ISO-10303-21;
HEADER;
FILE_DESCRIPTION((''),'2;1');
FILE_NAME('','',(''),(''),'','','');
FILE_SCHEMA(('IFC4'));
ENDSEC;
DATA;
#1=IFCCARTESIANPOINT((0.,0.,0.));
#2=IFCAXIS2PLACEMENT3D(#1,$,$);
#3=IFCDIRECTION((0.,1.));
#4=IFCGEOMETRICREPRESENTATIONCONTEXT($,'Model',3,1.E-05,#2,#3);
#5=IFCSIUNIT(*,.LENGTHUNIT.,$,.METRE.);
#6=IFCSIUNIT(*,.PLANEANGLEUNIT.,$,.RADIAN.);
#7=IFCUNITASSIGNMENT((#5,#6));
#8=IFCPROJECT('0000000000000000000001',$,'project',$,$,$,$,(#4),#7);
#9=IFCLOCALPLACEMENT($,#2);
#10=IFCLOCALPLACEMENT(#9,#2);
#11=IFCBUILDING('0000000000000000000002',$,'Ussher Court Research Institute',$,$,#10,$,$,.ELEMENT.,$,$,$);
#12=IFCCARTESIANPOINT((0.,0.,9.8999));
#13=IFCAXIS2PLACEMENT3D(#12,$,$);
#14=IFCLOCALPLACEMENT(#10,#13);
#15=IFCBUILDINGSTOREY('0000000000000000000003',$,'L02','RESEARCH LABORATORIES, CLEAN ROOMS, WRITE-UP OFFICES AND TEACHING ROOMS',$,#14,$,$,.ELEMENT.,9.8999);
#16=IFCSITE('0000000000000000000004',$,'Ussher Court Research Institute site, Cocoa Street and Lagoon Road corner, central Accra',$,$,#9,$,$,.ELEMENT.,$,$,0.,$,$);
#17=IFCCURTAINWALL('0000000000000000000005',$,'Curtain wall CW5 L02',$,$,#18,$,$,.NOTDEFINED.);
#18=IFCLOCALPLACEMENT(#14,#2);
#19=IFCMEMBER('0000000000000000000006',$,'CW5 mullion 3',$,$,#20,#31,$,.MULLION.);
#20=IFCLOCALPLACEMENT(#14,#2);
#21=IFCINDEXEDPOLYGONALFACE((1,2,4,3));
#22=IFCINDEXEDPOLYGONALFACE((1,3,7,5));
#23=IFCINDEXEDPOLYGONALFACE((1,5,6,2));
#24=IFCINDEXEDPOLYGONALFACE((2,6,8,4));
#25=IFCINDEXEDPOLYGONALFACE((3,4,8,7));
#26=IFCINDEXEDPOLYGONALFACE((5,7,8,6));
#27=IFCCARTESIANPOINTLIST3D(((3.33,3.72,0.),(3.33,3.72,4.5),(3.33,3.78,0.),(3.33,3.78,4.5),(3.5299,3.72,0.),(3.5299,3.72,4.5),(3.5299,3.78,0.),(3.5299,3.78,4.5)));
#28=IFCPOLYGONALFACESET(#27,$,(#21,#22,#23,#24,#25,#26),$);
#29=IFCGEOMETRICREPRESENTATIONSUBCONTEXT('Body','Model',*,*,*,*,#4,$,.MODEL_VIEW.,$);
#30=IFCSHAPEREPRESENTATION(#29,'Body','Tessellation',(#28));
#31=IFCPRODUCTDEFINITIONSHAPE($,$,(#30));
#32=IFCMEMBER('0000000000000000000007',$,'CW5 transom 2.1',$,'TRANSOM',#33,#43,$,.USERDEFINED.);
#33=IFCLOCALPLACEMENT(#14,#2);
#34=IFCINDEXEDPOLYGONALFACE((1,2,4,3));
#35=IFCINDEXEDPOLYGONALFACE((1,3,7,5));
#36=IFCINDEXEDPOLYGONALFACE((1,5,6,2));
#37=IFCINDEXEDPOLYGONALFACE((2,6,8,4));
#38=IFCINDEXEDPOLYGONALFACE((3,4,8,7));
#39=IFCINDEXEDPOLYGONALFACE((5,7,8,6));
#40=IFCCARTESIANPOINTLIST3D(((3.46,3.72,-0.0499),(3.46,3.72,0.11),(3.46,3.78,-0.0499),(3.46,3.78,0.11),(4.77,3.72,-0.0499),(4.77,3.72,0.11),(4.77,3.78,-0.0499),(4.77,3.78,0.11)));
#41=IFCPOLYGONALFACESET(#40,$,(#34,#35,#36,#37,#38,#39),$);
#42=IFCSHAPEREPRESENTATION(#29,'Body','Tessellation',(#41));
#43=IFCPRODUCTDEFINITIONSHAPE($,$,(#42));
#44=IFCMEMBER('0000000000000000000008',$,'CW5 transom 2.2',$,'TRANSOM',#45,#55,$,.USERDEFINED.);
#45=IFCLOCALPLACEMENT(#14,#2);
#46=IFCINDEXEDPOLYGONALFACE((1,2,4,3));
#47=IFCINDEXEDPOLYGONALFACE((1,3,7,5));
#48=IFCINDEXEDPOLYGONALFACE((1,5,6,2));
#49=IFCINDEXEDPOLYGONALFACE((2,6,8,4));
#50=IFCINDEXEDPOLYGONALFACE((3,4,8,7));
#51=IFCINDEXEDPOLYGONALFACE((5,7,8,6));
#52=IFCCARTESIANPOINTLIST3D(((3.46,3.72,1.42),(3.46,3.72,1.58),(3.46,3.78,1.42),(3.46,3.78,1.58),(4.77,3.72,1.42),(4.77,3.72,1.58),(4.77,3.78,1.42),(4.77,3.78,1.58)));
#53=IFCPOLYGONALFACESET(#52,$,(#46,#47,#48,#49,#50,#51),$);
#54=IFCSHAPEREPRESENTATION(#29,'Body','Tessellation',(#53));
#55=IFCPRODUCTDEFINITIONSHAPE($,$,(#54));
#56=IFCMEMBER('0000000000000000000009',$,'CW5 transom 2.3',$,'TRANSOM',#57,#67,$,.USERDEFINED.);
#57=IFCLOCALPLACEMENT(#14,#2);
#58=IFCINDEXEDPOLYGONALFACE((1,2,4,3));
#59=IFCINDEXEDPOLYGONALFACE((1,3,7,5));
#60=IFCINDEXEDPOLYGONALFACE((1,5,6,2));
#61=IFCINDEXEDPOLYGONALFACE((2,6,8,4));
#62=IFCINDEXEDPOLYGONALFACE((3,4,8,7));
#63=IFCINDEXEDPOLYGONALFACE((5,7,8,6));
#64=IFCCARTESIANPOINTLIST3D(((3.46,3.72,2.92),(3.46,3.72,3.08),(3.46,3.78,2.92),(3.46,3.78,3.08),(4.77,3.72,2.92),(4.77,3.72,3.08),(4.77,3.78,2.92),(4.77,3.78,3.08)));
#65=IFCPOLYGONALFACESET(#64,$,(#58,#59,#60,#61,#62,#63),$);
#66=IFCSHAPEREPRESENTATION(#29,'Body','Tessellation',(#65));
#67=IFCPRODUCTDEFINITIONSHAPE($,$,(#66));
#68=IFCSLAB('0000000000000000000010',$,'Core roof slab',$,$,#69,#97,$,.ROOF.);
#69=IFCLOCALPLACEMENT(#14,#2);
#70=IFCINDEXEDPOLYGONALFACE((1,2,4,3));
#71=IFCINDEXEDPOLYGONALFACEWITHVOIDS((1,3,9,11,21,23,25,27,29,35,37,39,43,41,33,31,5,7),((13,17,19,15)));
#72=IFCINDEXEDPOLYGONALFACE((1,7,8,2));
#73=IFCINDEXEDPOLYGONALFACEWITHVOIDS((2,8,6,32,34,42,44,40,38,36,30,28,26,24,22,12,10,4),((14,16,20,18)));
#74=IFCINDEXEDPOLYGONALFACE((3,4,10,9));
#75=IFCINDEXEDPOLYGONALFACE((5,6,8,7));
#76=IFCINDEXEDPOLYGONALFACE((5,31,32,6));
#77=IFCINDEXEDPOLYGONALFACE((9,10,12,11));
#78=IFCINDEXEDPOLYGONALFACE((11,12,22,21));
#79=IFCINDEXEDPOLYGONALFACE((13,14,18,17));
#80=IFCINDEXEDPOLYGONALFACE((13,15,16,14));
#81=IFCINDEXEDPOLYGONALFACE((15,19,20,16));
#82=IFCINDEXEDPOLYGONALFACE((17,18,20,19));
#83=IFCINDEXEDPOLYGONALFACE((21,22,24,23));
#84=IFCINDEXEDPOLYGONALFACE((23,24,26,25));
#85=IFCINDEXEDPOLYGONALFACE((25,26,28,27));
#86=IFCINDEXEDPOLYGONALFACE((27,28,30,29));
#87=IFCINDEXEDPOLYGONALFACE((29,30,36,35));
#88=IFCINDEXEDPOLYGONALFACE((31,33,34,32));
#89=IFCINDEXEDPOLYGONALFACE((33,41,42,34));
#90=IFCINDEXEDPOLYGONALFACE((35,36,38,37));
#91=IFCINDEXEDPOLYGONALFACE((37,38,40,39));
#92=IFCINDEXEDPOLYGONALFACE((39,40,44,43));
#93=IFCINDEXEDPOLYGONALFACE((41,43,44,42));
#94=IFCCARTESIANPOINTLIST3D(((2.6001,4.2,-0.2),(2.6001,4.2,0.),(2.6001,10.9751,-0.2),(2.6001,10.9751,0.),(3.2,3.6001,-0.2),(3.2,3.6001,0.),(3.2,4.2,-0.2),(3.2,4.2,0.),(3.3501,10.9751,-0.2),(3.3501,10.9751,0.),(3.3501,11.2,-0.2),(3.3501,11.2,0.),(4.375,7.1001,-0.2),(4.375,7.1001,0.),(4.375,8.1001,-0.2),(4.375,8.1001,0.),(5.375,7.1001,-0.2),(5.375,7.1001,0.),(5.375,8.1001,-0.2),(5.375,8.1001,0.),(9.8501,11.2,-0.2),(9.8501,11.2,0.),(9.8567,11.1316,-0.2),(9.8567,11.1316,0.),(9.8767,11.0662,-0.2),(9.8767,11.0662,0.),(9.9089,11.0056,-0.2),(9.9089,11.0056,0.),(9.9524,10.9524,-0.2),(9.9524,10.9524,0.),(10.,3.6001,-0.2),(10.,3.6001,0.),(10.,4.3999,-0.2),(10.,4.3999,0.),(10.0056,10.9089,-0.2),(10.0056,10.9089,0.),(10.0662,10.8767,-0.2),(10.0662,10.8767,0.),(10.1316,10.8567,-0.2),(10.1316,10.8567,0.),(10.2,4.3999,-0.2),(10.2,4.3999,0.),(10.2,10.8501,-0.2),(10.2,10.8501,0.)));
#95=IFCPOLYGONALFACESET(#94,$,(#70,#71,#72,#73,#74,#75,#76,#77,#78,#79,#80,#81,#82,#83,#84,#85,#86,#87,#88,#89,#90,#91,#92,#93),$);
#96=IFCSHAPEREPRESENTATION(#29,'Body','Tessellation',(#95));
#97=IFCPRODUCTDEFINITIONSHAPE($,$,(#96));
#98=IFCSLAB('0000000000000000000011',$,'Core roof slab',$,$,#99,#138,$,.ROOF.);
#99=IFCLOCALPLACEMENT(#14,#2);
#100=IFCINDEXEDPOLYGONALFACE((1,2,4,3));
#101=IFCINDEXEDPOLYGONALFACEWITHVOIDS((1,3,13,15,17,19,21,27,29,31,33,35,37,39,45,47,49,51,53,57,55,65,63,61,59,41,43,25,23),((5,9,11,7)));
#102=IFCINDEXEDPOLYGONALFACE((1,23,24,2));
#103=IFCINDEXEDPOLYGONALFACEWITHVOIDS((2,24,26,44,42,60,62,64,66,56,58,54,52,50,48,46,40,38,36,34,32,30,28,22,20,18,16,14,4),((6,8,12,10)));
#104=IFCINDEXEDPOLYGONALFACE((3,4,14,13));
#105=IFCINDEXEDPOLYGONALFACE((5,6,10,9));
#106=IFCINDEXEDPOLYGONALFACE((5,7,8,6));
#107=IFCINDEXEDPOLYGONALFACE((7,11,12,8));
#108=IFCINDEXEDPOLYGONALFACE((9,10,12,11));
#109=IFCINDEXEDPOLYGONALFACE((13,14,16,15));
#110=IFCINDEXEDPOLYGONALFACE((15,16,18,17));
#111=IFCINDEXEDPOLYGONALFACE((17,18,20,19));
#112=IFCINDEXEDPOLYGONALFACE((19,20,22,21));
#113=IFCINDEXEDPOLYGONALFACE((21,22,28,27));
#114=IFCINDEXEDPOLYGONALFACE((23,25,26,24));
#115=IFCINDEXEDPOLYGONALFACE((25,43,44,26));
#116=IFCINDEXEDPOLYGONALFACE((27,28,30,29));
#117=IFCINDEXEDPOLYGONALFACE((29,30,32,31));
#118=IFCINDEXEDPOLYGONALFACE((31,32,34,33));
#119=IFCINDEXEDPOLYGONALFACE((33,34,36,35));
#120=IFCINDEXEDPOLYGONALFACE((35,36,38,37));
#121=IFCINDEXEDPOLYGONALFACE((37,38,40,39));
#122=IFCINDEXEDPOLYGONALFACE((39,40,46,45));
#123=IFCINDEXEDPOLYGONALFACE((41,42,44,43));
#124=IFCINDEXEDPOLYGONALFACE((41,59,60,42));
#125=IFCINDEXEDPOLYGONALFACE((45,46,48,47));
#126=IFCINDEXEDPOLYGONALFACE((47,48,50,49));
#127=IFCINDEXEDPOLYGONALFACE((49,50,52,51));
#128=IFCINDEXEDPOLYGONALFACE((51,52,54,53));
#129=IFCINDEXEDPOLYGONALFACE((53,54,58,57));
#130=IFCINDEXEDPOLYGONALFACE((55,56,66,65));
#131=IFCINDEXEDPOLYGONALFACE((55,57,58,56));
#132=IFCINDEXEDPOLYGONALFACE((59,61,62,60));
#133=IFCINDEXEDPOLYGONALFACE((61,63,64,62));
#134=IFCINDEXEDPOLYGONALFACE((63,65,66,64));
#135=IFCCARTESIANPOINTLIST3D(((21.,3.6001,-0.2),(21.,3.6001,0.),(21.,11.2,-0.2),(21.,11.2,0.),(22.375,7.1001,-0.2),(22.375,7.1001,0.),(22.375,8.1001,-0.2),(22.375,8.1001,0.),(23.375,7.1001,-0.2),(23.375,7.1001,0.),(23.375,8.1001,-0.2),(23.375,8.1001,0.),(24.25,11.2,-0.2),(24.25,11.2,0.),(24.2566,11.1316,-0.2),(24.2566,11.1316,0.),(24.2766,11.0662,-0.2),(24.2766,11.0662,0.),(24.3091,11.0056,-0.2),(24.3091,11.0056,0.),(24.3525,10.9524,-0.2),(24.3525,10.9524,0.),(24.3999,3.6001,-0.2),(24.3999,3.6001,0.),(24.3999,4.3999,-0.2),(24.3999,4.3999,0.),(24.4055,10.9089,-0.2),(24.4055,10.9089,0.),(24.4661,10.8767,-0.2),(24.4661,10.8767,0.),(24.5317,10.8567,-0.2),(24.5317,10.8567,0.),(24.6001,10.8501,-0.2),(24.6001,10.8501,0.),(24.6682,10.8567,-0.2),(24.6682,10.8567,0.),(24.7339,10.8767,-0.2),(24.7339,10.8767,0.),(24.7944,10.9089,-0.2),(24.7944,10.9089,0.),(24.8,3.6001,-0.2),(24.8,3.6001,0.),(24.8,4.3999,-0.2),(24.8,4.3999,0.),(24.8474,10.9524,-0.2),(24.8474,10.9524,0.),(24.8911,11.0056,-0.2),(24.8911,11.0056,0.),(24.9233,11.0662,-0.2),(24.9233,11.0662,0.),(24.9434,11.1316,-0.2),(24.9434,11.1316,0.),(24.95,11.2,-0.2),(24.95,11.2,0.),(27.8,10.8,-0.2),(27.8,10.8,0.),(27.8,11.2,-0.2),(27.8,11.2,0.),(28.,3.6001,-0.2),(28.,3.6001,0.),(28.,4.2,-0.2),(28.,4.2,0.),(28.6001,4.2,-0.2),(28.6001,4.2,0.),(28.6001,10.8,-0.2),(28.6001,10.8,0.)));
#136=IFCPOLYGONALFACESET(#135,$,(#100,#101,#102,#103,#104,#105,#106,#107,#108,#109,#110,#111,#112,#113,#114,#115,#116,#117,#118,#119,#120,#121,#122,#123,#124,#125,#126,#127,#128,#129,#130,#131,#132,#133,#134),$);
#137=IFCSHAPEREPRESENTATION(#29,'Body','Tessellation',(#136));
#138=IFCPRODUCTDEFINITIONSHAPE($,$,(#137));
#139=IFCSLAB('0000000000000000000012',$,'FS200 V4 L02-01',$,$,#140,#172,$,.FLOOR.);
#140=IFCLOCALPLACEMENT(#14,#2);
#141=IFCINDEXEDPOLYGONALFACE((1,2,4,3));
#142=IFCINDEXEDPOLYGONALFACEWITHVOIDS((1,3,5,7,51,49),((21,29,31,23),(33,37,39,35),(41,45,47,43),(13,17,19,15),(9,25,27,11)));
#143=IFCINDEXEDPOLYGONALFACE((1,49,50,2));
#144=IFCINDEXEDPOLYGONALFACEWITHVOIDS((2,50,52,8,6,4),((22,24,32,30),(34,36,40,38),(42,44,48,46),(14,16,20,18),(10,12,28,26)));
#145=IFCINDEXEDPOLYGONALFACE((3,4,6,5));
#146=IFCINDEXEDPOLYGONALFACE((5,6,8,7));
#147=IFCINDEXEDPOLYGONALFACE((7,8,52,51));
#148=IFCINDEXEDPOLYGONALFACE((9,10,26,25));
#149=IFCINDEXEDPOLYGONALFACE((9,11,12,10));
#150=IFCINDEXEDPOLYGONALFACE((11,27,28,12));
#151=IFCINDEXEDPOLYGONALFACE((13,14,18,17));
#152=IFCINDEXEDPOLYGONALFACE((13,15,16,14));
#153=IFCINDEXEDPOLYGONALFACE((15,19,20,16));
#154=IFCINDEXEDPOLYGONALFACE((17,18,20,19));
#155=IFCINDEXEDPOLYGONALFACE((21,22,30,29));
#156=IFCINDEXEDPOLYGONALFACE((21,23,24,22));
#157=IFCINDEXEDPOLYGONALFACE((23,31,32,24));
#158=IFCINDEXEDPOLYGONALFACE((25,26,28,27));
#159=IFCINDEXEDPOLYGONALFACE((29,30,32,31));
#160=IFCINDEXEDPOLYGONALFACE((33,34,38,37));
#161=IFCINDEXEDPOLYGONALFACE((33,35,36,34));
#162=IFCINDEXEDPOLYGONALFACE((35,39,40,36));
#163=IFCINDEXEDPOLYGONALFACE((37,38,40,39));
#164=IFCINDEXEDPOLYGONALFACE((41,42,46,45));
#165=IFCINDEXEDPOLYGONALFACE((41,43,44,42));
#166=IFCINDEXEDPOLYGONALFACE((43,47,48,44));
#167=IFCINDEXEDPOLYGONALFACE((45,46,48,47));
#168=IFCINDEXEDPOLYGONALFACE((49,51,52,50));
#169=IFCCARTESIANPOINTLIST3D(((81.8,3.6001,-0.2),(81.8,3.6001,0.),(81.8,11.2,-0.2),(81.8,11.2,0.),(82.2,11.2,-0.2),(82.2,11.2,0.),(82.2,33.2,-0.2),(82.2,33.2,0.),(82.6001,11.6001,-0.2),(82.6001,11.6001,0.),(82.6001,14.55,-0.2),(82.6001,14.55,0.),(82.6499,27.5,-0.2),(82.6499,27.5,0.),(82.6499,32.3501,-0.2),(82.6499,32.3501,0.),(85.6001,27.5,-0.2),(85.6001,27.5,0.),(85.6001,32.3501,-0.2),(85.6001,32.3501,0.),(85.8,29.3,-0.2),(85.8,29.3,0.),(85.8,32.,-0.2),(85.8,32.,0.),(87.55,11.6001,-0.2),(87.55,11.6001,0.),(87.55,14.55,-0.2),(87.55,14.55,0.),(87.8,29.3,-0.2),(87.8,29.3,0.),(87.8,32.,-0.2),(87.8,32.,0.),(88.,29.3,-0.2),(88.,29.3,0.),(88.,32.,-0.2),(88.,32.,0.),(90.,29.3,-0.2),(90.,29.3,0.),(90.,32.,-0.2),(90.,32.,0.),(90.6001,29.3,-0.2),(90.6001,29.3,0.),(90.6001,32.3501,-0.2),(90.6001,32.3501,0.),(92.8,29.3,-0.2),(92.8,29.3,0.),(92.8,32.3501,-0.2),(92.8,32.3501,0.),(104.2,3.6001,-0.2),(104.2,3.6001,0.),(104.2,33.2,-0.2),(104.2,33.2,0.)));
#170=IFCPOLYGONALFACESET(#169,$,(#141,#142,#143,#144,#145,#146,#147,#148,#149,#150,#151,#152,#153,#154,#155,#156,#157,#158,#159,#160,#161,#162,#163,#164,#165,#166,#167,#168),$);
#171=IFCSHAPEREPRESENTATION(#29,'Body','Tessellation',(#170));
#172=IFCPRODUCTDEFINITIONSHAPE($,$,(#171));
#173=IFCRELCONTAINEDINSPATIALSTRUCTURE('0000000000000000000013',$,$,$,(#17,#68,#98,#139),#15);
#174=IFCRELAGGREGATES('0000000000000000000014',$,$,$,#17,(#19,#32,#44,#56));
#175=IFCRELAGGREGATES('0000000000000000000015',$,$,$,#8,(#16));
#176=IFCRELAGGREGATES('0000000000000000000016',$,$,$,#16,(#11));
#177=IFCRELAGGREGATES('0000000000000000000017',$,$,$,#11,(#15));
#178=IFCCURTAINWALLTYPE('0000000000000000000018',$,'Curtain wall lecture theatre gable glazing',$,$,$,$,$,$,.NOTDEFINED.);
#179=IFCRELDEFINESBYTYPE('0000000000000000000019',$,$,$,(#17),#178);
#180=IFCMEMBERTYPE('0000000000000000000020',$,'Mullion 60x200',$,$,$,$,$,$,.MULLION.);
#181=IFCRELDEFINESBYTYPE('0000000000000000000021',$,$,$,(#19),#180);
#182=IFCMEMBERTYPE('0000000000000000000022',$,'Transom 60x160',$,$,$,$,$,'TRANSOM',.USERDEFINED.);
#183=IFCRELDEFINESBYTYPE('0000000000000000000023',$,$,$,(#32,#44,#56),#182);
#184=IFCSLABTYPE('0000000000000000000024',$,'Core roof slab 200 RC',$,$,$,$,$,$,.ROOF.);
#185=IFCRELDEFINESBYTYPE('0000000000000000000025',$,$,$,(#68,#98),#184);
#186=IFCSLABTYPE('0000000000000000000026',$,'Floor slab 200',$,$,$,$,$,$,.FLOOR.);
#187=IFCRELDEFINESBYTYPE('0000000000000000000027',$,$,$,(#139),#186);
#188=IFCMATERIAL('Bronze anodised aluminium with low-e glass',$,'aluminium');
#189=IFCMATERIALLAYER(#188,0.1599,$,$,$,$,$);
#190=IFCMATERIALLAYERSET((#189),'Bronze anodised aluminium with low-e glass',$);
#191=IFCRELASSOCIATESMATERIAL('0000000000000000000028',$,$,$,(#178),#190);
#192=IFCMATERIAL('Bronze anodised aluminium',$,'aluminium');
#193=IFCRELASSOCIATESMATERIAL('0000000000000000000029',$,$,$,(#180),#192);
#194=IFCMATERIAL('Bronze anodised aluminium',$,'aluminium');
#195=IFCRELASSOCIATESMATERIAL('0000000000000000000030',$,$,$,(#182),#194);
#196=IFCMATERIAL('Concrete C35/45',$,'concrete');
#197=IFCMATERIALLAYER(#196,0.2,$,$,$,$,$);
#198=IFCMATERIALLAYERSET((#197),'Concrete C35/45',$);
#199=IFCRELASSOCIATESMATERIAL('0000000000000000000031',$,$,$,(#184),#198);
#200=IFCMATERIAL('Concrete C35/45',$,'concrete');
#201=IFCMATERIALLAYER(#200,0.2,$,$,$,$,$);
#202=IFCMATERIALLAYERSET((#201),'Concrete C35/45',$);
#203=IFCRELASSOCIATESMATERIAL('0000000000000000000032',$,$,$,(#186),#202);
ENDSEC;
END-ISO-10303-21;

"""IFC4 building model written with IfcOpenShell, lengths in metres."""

from ifc_helpers import new_model, si_unit, direction, frame, origin, origin_2d, place, context, subcontext, project, spatial, polyline, rectangle, outline, extrude, material, layer, layer_set, material_profile, profile_set, type_object, element, aggregate, save


model = new_model("IFC4")

# Units and contexts
model_context = context("Model", 3, precision=1e-05, world=origin(), true_north=direction((0.0, 1.0)))
body_context = subcontext(model_context, "Body", "Model", "MODEL_VIEW")
ifc_project = project(units=[si_unit("LENGTHUNIT", "METRE"), si_unit("PLANEANGLEUNIT", "RADIAN")], contexts=[model_context])

# Site, building, storey
site_placement = place(None, origin())
site = spatial("IfcSite", under=ifc_project, at=site_placement, Name="Ussher Court Research Institute site, Cocoa Street and Lagoon Road corner, central Accra", CompositionType="ELEMENT", RefElevation=0.0)
building_placement = place(site_placement, origin())
building = spatial("IfcBuilding", under=site, at=building_placement, Name="Ussher Court Research Institute", CompositionType="ELEMENT")
storey_placement = place(building_placement, frame((0.0, 0.0, 9.8999)))
storey = spatial("IfcBuildingStorey", under=building, at=storey_placement, Name="L02", Description="RESEARCH LABORATORIES, CLEAN ROOMS, WRITE-UP OFFICES AND TEACHING ROOMS", CompositionType="ELEMENT", Elevation=9.8999)

# Curtain wall, members
ifc_material_1 = material(Name="Bronze anodised aluminium with low-e glass", Category="aluminium")
ifc_layer_1 = layer(ifc_material_1, 0.1599)
ifc_layer_set_1 = layer_set([ifc_layer_1], Name="Bronze anodised aluminium with low-e glass")
curtain_wall_type = type_object("IfcCurtainWallType", Name="Curtain wall lecture theatre gable glazing", PredefinedType="NOTDEFINED", material=ifc_layer_set_1)
curtain_wall_placement = place(storey_placement, origin())
curtain_wall = element("IfcCurtainWall", 1, at=curtain_wall_placement, inside=storey, type_object=curtain_wall_type, Name="Curtain wall CW5 L02", PredefinedType="NOTDEFINED")
ifc_material_2 = material(Name="Bronze anodised aluminium", Category="aluminium")
ifc_material_profile_1 = material_profile(ifc_material_2, rectangle(XDim=0.0601, YDim=0.2, at=origin_2d()), Name="Mullion 60x200")
ifc_profile_set_1 = profile_set([ifc_material_profile_1], Name="Bronze anodised aluminium")
member_type_1 = type_object("IfcMemberType", Name="Mullion 60x200", PredefinedType="MULLION", material=ifc_profile_set_1)
member_1_placement = place(storey_placement, frame((3.4299, 3.75, 0.0), z_axis=(0.0, 0.0, 1.0), x_axis=(0.0, -1.0, 0.0)))
member_1 = element("IfcMember", 2, at=member_1_placement, type_object=member_type_1, Name="CW5 mullion 3", PredefinedType="MULLION", context=body_context, shape_type="SweptSolid", body=[
    extrude(rectangle(XDim=0.0601, YDim=0.2, at=origin_2d()), origin(), (0.0, 0.0, 1.0), 4.5),
])
ifc_material_3 = material(Name="Bronze anodised aluminium", Category="aluminium")
ifc_material_profile_2 = material_profile(ifc_material_3, rectangle(XDim=0.0601, YDim=0.1599, at=origin_2d()), Name="Transom 60x160")
ifc_profile_set_2 = profile_set([ifc_material_profile_2], Name="Bronze anodised aluminium")
member_type_2 = type_object("IfcMemberType", Name="Transom 60x160", ElementType="TRANSOM", PredefinedType="USERDEFINED", material=ifc_profile_set_2)
member_2_placement = place(storey_placement, frame((4.77, 3.75, 0.03), z_axis=(-1.0, 0.0, 0.0), x_axis=(0.0, -1.0, 0.0)))
member_2 = element("IfcMember", 3, at=member_2_placement, type_object=member_type_2, Name="CW5 transom 2.1", ObjectType="TRANSOM", PredefinedType="USERDEFINED", context=body_context, shape_type="SweptSolid", body=[
    extrude(rectangle(XDim=0.0601, YDim=0.1599, at=origin_2d()), origin(), (0.0, 0.0, 1.0), 1.3101),
])
member_3_placement = place(storey_placement, frame((4.77, 3.75, 1.5), z_axis=(-1.0, 0.0, 0.0), x_axis=(0.0, -1.0, 0.0)))
member_3 = element("IfcMember", 4, at=member_3_placement, type_object=member_type_2, Name="CW5 transom 2.2", ObjectType="TRANSOM", PredefinedType="USERDEFINED", context=body_context, shape_type="SweptSolid", body=[
    extrude(rectangle(XDim=0.0601, YDim=0.1599, at=origin_2d()), origin(), (0.0, 0.0, 1.0), 1.3101),
])
member_4_placement = place(storey_placement, frame((4.77, 3.75, 3.0), z_axis=(-1.0, 0.0, 0.0), x_axis=(0.0, -1.0, 0.0)))
member_4 = element("IfcMember", 5, at=member_4_placement, type_object=member_type_2, Name="CW5 transom 2.3", ObjectType="TRANSOM", PredefinedType="USERDEFINED", context=body_context, shape_type="SweptSolid", body=[
    extrude(rectangle(XDim=0.0601, YDim=0.1599, at=origin_2d()), origin(), (0.0, 0.0, 1.0), 1.3101),
])

# Slabs
ifc_material_4 = material(Name="Concrete C35/45", Category="concrete")
ifc_layer_2 = layer(ifc_material_4, 0.2)
ifc_layer_set_2 = layer_set([ifc_layer_2], Name="Concrete C35/45")
slab_type_1 = type_object("IfcSlabType", Name="Core roof slab 200 RC", PredefinedType="ROOF", material=ifc_layer_set_2)
slab_1_placement = place(storey_placement, frame((0.0, 0.0, -0.2)))
element("IfcSlab", 6, at=slab_1_placement, inside=storey, type_object=slab_type_1, Name="Core roof slab", PredefinedType="ROOF", context=body_context, shape_type="SweptSolid", body=[
    extrude(outline(polyline([(10.0, 4.3999), (10.0, 3.6001), (3.2, 3.6001), (3.2, 4.2), (2.6001, 4.2), (2.6001, 10.9751), (3.3501, 10.9751), (3.3501, 11.2), (9.8501, 11.2), (9.8567, 11.1316), (9.8767, 11.0662), (9.9089, 11.0056), (9.9524, 10.9524), (10.0056, 10.9089), (10.0662, 10.8767), (10.1316, 10.8567), (10.2, 10.8501), (10.2, 4.3999), (10.0, 4.3999)]), holes=[polyline([(5.375, 8.1001), (4.375, 8.1001), (4.375, 7.1001), (5.375, 7.1001), (5.375, 8.1001)])]), origin(), (0.0, 0.0, 1.0), 0.2),
])
slab_2_placement = place(storey_placement, frame((0.0, 0.0, -0.2)))
element("IfcSlab", 7, at=slab_2_placement, inside=storey, type_object=slab_type_1, Name="Core roof slab", PredefinedType="ROOF", context=body_context, shape_type="SweptSolid", body=[
    extrude(outline(polyline([(28.0, 4.2), (28.0, 3.6001), (24.8, 3.6001), (24.8, 4.3999), (24.3999, 4.3999), (24.3999, 3.6001), (21.0, 3.6001), (21.0, 11.2), (24.25, 11.2), (24.2566, 11.1316), (24.2766, 11.0662), (24.3091, 11.0056), (24.3525, 10.9524), (24.4055, 10.9089), (24.4661, 10.8767), (24.5317, 10.8567), (24.6001, 10.8501), (24.6682, 10.8567), (24.7339, 10.8767), (24.7944, 10.9089), (24.8474, 10.9524), (24.8911, 11.0056), (24.9233, 11.0662), (24.9434, 11.1316), (24.95, 11.2), (27.8, 11.2), (27.8, 10.8), (28.6001, 10.8), (28.6001, 4.2), (28.0, 4.2)]), holes=[polyline([(23.375, 8.1001), (22.375, 8.1001), (22.375, 7.1001), (23.375, 7.1001), (23.375, 8.1001)])]), origin(), (0.0, 0.0, 1.0), 0.2),
])
ifc_material_5 = material(Name="Concrete C35/45", Category="concrete")
ifc_layer_3 = layer(ifc_material_5, 0.2)
ifc_layer_set_3 = layer_set([ifc_layer_3], Name="Concrete C35/45")
slab_type_2 = type_object("IfcSlabType", Name="Floor slab 200", PredefinedType="FLOOR", material=ifc_layer_set_3)
slab_3_placement = place(storey_placement, frame((0.0, 0.0, -0.2)))
element("IfcSlab", 8, at=slab_3_placement, inside=storey, type_object=slab_type_2, Name="FS200 V4 L02-01", PredefinedType="FLOOR", context=body_context, shape_type="SweptSolid", body=[
    extrude(outline(polyline([(81.8, 11.2), (81.8, 3.6001), (104.2, 3.6001), (104.2, 33.2), (82.2, 33.2), (82.2, 11.2), (81.8, 11.2)]), holes=[polyline([(87.55, 11.6001), (82.6001, 11.6001), (82.6001, 14.55), (87.55, 14.55), (87.55, 11.6001)]), polyline([(82.6499, 27.5), (82.6499, 32.3501), (85.6001, 32.3501), (85.6001, 27.5), (82.6499, 27.5)]), polyline([(85.8, 29.3), (85.8, 32.0), (87.8, 32.0), (87.8, 29.3), (85.8, 29.3)]), polyline([(88.0, 29.3), (88.0, 32.0), (90.0, 32.0), (90.0, 29.3), (88.0, 29.3)]), polyline([(92.8, 29.3), (90.6001, 29.3), (90.6001, 32.3501), (92.8, 32.3501), (92.8, 29.3)])]), origin(), (0.0, 0.0, 1.0), 0.2),
])

aggregate(curtain_wall, [member_1, member_2, member_3, member_4])

save(model, "model.ifc")
